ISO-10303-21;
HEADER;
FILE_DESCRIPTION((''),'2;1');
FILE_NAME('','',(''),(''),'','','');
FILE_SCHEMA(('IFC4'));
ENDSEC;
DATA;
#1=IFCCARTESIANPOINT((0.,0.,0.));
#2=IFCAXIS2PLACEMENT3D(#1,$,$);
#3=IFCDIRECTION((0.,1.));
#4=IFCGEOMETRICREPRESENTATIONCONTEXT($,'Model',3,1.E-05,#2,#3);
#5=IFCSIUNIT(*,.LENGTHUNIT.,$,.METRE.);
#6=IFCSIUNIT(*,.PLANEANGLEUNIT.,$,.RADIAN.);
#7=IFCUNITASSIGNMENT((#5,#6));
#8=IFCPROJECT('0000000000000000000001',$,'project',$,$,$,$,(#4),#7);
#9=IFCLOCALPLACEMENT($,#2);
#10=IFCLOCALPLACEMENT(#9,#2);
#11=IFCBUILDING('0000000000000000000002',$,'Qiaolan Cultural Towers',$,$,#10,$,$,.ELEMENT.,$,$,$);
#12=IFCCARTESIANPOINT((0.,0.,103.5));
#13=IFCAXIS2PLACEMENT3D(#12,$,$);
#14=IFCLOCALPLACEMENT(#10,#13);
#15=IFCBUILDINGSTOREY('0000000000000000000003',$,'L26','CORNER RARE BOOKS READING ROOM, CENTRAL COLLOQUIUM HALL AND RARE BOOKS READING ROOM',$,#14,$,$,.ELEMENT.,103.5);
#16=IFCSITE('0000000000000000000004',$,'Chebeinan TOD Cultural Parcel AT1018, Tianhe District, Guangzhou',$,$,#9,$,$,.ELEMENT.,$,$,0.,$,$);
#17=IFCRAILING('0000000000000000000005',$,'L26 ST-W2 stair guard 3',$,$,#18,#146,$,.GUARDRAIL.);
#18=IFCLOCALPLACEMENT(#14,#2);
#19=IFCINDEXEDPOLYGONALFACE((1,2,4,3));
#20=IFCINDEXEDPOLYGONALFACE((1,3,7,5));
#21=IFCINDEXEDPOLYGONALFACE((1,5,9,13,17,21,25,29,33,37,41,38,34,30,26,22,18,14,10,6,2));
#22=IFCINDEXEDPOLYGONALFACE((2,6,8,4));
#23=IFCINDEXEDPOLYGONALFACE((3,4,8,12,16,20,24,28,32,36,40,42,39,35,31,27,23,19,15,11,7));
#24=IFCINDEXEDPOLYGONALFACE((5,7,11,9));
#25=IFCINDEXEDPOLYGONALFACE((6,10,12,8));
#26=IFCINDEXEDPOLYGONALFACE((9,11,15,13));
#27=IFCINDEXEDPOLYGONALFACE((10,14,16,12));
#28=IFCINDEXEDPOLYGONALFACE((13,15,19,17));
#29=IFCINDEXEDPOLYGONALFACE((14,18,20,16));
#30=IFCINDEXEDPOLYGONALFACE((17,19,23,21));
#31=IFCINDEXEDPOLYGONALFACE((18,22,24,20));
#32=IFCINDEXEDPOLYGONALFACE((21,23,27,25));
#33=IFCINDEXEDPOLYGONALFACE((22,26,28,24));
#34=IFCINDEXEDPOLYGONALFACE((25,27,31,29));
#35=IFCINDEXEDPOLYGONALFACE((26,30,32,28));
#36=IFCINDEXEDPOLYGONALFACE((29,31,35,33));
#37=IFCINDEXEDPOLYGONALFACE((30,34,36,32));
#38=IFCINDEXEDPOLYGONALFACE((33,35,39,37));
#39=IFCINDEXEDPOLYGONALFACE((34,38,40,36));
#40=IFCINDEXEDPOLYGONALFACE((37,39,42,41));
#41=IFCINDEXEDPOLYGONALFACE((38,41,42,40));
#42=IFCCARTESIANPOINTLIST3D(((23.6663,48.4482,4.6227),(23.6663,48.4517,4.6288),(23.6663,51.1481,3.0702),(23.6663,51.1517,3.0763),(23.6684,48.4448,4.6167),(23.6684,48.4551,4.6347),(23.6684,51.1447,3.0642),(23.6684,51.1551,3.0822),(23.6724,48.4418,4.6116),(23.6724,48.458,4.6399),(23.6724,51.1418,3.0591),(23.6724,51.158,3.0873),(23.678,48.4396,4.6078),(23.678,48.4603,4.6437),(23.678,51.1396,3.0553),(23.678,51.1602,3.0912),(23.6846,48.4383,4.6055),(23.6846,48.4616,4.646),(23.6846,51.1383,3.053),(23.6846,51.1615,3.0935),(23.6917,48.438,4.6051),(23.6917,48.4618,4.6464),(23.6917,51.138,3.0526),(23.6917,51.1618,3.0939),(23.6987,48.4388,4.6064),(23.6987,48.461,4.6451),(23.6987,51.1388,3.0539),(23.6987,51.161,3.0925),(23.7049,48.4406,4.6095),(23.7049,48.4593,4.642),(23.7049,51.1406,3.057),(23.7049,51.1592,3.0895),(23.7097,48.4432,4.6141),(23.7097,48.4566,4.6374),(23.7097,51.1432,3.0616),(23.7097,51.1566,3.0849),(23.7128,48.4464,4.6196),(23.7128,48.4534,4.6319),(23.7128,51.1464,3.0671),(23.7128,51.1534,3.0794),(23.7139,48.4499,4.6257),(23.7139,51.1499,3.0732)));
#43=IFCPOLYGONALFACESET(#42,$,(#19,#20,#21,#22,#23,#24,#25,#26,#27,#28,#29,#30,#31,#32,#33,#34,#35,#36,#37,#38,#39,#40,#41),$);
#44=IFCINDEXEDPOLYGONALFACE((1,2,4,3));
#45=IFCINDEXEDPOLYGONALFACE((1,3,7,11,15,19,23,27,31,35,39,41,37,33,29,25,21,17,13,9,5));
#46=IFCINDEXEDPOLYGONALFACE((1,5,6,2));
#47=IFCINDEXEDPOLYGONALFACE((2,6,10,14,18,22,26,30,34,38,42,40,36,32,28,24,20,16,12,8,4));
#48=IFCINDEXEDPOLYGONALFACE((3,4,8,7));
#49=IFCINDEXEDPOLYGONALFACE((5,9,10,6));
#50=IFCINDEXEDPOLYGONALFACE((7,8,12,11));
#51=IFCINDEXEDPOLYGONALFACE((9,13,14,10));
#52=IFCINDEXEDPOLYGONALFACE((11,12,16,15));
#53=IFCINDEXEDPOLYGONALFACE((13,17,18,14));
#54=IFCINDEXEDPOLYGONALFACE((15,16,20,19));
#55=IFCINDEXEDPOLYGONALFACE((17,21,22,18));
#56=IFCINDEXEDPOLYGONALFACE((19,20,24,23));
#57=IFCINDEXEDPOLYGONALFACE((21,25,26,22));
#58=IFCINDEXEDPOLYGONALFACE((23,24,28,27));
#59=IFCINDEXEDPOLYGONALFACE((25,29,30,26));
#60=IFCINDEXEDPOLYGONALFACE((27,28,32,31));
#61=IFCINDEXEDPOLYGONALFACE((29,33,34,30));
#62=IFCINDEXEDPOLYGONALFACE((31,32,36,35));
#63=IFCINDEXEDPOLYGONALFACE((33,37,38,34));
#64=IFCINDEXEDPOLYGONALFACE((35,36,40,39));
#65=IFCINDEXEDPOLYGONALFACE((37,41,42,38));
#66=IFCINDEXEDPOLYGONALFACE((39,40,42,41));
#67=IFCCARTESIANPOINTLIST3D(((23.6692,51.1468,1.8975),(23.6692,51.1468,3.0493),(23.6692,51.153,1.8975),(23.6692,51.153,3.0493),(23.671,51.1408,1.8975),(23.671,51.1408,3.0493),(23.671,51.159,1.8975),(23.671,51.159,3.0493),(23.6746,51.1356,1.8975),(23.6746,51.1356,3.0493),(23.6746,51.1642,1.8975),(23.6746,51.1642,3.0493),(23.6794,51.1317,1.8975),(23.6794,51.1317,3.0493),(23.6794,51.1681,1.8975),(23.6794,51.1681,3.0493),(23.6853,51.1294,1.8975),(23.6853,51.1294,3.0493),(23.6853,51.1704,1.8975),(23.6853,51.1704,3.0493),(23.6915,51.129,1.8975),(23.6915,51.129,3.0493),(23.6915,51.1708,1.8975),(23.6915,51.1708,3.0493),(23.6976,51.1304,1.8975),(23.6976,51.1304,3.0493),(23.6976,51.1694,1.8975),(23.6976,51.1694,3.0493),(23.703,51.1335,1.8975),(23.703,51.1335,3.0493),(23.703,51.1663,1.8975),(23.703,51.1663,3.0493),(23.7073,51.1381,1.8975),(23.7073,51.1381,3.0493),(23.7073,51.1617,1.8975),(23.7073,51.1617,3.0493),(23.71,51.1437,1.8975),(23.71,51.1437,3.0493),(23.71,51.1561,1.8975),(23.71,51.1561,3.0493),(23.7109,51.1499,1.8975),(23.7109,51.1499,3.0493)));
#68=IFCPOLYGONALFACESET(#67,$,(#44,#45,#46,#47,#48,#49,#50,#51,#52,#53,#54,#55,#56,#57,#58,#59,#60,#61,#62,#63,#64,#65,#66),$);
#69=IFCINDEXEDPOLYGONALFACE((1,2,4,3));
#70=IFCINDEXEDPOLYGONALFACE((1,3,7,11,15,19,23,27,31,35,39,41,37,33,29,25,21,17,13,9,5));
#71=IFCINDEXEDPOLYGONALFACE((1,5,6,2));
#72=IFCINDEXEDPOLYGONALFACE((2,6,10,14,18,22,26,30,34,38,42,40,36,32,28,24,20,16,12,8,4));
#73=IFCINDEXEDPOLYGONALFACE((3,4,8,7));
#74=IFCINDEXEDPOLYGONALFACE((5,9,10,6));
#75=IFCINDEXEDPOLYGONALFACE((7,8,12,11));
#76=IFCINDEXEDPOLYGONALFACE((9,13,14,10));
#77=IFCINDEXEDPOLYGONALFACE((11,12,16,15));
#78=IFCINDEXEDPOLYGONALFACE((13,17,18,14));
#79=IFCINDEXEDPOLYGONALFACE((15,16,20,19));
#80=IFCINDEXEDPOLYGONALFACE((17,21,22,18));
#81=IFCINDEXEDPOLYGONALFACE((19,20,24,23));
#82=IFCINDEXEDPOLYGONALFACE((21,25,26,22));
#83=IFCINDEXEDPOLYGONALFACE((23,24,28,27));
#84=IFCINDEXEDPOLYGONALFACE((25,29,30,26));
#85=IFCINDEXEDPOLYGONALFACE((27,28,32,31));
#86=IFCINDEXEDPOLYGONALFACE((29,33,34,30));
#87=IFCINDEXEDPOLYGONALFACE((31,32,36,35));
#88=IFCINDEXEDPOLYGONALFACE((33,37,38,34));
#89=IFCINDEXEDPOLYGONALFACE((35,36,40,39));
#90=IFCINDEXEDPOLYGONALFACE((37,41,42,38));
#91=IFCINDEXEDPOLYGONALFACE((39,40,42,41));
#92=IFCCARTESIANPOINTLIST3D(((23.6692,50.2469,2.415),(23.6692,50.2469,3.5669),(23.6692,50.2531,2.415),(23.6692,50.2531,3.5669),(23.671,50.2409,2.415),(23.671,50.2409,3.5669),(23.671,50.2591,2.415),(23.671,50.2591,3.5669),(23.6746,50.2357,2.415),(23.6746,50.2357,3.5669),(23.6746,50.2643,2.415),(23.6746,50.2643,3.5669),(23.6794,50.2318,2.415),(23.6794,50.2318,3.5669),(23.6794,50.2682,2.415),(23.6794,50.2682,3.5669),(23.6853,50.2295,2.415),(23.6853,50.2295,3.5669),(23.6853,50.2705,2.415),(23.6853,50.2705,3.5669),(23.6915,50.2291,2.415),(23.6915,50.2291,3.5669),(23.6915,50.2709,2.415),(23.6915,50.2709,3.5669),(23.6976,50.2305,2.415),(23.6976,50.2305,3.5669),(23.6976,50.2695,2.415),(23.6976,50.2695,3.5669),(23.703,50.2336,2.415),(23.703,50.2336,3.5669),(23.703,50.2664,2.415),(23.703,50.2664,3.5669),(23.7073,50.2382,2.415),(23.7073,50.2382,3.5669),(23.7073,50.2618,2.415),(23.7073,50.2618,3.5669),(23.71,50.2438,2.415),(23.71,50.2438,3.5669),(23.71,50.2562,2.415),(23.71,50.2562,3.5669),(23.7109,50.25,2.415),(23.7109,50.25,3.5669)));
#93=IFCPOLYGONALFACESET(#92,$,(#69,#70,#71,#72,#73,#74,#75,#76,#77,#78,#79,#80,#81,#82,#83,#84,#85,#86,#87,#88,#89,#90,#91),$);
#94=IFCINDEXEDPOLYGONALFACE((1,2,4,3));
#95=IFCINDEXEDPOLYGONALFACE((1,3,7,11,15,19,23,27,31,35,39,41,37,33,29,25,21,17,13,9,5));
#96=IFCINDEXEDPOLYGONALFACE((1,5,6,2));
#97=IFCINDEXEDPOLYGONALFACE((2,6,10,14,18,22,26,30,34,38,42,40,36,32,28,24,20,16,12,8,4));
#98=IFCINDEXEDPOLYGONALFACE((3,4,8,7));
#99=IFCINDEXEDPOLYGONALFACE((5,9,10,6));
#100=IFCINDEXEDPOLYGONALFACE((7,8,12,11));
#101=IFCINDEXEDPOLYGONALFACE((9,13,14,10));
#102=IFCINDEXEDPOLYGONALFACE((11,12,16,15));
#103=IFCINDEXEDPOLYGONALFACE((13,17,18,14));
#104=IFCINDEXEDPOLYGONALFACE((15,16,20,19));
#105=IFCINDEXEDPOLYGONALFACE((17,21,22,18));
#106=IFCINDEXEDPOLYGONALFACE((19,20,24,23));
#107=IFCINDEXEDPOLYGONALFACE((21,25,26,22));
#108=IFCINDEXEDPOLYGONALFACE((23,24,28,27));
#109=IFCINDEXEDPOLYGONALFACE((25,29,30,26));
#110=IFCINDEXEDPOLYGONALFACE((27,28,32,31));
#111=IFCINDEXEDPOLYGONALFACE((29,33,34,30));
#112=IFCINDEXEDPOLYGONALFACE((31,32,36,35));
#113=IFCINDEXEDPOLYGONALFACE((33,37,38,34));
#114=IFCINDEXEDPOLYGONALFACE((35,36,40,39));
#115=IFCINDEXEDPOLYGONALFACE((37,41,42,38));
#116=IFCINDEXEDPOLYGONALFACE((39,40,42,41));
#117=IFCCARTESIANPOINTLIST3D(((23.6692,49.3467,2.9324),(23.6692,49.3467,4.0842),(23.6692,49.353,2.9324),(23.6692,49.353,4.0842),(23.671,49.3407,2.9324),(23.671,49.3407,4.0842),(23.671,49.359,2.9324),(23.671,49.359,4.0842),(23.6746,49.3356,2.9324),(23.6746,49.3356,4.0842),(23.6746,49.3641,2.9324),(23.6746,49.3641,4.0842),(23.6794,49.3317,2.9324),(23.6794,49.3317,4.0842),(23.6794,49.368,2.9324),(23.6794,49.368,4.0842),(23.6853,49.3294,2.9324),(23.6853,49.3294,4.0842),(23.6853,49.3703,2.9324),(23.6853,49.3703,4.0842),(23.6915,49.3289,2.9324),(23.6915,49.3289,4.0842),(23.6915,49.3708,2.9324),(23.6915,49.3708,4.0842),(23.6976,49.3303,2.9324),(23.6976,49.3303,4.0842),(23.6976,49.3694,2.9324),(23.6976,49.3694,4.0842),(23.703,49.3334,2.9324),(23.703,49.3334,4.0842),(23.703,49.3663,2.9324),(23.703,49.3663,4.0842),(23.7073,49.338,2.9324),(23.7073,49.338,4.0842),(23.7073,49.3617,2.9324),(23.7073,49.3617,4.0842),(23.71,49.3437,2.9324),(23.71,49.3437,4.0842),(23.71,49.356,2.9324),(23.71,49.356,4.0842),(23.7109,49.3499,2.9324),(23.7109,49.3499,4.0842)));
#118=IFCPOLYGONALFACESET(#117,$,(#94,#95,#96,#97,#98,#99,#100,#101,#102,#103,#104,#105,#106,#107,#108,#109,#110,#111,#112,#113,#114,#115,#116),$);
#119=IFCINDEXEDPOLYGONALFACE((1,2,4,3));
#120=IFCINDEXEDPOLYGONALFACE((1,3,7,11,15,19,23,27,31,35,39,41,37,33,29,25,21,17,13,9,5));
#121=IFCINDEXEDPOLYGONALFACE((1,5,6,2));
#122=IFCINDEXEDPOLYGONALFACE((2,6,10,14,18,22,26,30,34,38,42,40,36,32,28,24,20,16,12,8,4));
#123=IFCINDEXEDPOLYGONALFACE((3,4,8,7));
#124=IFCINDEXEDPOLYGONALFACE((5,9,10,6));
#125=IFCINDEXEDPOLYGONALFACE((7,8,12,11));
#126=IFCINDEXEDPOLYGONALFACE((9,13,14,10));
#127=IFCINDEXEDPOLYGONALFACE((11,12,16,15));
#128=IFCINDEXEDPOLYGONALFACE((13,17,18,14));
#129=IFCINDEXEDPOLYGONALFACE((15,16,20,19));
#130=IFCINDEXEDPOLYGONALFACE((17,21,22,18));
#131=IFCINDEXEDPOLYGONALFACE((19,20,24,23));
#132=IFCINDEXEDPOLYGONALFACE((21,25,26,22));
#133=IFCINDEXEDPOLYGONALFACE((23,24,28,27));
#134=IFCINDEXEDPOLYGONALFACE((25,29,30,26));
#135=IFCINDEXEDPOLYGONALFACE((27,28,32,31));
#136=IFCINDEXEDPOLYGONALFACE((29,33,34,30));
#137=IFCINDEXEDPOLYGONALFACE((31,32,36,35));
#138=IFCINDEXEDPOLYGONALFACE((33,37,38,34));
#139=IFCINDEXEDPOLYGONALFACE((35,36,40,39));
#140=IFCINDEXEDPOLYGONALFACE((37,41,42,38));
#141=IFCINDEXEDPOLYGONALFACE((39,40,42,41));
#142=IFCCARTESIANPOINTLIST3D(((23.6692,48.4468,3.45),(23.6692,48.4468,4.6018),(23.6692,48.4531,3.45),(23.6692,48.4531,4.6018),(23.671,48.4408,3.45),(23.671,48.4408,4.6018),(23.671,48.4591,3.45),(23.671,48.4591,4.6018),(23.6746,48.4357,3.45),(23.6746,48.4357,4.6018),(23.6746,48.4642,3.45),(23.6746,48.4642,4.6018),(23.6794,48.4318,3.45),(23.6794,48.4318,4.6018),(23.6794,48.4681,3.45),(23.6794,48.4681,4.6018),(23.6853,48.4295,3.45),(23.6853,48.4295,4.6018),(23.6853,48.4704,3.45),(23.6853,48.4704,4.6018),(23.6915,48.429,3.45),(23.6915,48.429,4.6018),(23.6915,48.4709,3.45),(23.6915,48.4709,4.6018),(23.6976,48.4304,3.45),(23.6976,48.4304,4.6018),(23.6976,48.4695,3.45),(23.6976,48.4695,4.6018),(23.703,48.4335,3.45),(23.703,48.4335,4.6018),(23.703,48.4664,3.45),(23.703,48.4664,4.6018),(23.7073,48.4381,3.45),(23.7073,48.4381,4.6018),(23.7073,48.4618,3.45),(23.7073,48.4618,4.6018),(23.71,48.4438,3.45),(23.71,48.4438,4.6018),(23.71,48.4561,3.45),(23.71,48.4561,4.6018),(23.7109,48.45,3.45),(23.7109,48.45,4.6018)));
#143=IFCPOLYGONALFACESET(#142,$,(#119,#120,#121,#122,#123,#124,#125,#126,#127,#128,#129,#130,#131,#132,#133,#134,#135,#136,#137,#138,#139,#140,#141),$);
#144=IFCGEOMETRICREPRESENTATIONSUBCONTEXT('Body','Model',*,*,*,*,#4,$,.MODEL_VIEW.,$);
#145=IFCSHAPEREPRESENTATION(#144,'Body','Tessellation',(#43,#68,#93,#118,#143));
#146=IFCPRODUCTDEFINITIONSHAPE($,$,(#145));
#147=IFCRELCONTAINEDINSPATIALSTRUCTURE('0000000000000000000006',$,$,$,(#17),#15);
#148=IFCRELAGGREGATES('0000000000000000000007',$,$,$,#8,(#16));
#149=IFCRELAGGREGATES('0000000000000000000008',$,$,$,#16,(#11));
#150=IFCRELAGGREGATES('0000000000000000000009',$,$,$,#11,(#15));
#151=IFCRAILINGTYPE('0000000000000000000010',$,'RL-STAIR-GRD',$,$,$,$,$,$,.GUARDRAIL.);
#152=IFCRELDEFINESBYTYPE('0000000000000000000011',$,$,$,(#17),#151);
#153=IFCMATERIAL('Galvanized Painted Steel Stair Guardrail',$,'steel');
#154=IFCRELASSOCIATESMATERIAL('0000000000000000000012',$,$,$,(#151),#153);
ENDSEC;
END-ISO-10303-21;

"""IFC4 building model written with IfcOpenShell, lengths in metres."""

from ifc_helpers import new_model, si_unit, direction, frame, origin, origin_2d, place, context, subcontext, project, spatial, circle, extrude, material, type_object, element, save


model = new_model("IFC4")

# Units and contexts
model_context = context("Model", 3, precision=1e-05, world=origin(), true_north=direction((0.0, 1.0)))
body_context = subcontext(model_context, "Body", "Model", "MODEL_VIEW")
ifc_project = project(units=[si_unit("LENGTHUNIT", "METRE"), si_unit("PLANEANGLEUNIT", "RADIAN")], contexts=[model_context])

# Site, building, storey
site_placement = place(None, origin())
site = spatial("IfcSite", under=ifc_project, at=site_placement, Name="Chebeinan TOD Cultural Parcel AT1018, Tianhe District, Guangzhou", CompositionType="ELEMENT", RefElevation=0.0)
building_placement = place(site_placement, origin())
building = spatial("IfcBuilding", under=site, at=building_placement, Name="Qiaolan Cultural Towers", CompositionType="ELEMENT")
storey_placement = place(building_placement, frame((0.0, 0.0, 103.5)))
storey = spatial("IfcBuildingStorey", under=building, at=storey_placement, Name="L26", Description="CORNER RARE BOOKS READING ROOM, CENTRAL COLLOQUIUM HALL AND RARE BOOKS READING ROOM", CompositionType="ELEMENT", Elevation=103.5)

# Railing
ifc_material_1 = material(Name="Galvanized Painted Steel Stair Guardrail", Category="steel")
railing_type_1 = type_object("IfcRailingType", Name="RL-STAIR-GRD", PredefinedType="GUARDRAIL", material=ifc_material_1)
railing_1_placement = place(storey_placement, frame((23.6899, 51.1499, 1.8975)))
element("IfcRailing", 1, at=railing_1_placement, inside=storey, type_object=railing_type_1, Name="L26 ST-W2 stair guard 3", PredefinedType="GUARDRAIL", context=body_context, shape_type="SweptSolid", body=[
    extrude(circle(Radius=0.0239, at=origin_2d()), frame((0.0, 0.0, 1.1758), z_axis=(0.0, -0.866904, 0.498476), x_axis=(1.0, 0.0, 0.0)), (0.0, 0.0, 1.0), 3.1145),
    extrude(circle(Radius=0.021, at=origin_2d()), origin(), (0.0, 0.0, 1.0), 1.1519),
    extrude(circle(Radius=0.021, at=origin_2d()), frame((0.0, -0.8999, 0.5176)), (0.0, 0.0, 1.0), 1.1519),
    extrude(circle(Radius=0.021, at=origin_2d()), frame((0.0, -1.8, 1.0349)), (0.0, 0.0, 1.0), 1.1519),
    extrude(circle(Radius=0.021, at=origin_2d()), frame((0.0, -2.7, 1.5525)), (0.0, 0.0, 1.0), 1.1519),
])

save(model, "model.ifc")
